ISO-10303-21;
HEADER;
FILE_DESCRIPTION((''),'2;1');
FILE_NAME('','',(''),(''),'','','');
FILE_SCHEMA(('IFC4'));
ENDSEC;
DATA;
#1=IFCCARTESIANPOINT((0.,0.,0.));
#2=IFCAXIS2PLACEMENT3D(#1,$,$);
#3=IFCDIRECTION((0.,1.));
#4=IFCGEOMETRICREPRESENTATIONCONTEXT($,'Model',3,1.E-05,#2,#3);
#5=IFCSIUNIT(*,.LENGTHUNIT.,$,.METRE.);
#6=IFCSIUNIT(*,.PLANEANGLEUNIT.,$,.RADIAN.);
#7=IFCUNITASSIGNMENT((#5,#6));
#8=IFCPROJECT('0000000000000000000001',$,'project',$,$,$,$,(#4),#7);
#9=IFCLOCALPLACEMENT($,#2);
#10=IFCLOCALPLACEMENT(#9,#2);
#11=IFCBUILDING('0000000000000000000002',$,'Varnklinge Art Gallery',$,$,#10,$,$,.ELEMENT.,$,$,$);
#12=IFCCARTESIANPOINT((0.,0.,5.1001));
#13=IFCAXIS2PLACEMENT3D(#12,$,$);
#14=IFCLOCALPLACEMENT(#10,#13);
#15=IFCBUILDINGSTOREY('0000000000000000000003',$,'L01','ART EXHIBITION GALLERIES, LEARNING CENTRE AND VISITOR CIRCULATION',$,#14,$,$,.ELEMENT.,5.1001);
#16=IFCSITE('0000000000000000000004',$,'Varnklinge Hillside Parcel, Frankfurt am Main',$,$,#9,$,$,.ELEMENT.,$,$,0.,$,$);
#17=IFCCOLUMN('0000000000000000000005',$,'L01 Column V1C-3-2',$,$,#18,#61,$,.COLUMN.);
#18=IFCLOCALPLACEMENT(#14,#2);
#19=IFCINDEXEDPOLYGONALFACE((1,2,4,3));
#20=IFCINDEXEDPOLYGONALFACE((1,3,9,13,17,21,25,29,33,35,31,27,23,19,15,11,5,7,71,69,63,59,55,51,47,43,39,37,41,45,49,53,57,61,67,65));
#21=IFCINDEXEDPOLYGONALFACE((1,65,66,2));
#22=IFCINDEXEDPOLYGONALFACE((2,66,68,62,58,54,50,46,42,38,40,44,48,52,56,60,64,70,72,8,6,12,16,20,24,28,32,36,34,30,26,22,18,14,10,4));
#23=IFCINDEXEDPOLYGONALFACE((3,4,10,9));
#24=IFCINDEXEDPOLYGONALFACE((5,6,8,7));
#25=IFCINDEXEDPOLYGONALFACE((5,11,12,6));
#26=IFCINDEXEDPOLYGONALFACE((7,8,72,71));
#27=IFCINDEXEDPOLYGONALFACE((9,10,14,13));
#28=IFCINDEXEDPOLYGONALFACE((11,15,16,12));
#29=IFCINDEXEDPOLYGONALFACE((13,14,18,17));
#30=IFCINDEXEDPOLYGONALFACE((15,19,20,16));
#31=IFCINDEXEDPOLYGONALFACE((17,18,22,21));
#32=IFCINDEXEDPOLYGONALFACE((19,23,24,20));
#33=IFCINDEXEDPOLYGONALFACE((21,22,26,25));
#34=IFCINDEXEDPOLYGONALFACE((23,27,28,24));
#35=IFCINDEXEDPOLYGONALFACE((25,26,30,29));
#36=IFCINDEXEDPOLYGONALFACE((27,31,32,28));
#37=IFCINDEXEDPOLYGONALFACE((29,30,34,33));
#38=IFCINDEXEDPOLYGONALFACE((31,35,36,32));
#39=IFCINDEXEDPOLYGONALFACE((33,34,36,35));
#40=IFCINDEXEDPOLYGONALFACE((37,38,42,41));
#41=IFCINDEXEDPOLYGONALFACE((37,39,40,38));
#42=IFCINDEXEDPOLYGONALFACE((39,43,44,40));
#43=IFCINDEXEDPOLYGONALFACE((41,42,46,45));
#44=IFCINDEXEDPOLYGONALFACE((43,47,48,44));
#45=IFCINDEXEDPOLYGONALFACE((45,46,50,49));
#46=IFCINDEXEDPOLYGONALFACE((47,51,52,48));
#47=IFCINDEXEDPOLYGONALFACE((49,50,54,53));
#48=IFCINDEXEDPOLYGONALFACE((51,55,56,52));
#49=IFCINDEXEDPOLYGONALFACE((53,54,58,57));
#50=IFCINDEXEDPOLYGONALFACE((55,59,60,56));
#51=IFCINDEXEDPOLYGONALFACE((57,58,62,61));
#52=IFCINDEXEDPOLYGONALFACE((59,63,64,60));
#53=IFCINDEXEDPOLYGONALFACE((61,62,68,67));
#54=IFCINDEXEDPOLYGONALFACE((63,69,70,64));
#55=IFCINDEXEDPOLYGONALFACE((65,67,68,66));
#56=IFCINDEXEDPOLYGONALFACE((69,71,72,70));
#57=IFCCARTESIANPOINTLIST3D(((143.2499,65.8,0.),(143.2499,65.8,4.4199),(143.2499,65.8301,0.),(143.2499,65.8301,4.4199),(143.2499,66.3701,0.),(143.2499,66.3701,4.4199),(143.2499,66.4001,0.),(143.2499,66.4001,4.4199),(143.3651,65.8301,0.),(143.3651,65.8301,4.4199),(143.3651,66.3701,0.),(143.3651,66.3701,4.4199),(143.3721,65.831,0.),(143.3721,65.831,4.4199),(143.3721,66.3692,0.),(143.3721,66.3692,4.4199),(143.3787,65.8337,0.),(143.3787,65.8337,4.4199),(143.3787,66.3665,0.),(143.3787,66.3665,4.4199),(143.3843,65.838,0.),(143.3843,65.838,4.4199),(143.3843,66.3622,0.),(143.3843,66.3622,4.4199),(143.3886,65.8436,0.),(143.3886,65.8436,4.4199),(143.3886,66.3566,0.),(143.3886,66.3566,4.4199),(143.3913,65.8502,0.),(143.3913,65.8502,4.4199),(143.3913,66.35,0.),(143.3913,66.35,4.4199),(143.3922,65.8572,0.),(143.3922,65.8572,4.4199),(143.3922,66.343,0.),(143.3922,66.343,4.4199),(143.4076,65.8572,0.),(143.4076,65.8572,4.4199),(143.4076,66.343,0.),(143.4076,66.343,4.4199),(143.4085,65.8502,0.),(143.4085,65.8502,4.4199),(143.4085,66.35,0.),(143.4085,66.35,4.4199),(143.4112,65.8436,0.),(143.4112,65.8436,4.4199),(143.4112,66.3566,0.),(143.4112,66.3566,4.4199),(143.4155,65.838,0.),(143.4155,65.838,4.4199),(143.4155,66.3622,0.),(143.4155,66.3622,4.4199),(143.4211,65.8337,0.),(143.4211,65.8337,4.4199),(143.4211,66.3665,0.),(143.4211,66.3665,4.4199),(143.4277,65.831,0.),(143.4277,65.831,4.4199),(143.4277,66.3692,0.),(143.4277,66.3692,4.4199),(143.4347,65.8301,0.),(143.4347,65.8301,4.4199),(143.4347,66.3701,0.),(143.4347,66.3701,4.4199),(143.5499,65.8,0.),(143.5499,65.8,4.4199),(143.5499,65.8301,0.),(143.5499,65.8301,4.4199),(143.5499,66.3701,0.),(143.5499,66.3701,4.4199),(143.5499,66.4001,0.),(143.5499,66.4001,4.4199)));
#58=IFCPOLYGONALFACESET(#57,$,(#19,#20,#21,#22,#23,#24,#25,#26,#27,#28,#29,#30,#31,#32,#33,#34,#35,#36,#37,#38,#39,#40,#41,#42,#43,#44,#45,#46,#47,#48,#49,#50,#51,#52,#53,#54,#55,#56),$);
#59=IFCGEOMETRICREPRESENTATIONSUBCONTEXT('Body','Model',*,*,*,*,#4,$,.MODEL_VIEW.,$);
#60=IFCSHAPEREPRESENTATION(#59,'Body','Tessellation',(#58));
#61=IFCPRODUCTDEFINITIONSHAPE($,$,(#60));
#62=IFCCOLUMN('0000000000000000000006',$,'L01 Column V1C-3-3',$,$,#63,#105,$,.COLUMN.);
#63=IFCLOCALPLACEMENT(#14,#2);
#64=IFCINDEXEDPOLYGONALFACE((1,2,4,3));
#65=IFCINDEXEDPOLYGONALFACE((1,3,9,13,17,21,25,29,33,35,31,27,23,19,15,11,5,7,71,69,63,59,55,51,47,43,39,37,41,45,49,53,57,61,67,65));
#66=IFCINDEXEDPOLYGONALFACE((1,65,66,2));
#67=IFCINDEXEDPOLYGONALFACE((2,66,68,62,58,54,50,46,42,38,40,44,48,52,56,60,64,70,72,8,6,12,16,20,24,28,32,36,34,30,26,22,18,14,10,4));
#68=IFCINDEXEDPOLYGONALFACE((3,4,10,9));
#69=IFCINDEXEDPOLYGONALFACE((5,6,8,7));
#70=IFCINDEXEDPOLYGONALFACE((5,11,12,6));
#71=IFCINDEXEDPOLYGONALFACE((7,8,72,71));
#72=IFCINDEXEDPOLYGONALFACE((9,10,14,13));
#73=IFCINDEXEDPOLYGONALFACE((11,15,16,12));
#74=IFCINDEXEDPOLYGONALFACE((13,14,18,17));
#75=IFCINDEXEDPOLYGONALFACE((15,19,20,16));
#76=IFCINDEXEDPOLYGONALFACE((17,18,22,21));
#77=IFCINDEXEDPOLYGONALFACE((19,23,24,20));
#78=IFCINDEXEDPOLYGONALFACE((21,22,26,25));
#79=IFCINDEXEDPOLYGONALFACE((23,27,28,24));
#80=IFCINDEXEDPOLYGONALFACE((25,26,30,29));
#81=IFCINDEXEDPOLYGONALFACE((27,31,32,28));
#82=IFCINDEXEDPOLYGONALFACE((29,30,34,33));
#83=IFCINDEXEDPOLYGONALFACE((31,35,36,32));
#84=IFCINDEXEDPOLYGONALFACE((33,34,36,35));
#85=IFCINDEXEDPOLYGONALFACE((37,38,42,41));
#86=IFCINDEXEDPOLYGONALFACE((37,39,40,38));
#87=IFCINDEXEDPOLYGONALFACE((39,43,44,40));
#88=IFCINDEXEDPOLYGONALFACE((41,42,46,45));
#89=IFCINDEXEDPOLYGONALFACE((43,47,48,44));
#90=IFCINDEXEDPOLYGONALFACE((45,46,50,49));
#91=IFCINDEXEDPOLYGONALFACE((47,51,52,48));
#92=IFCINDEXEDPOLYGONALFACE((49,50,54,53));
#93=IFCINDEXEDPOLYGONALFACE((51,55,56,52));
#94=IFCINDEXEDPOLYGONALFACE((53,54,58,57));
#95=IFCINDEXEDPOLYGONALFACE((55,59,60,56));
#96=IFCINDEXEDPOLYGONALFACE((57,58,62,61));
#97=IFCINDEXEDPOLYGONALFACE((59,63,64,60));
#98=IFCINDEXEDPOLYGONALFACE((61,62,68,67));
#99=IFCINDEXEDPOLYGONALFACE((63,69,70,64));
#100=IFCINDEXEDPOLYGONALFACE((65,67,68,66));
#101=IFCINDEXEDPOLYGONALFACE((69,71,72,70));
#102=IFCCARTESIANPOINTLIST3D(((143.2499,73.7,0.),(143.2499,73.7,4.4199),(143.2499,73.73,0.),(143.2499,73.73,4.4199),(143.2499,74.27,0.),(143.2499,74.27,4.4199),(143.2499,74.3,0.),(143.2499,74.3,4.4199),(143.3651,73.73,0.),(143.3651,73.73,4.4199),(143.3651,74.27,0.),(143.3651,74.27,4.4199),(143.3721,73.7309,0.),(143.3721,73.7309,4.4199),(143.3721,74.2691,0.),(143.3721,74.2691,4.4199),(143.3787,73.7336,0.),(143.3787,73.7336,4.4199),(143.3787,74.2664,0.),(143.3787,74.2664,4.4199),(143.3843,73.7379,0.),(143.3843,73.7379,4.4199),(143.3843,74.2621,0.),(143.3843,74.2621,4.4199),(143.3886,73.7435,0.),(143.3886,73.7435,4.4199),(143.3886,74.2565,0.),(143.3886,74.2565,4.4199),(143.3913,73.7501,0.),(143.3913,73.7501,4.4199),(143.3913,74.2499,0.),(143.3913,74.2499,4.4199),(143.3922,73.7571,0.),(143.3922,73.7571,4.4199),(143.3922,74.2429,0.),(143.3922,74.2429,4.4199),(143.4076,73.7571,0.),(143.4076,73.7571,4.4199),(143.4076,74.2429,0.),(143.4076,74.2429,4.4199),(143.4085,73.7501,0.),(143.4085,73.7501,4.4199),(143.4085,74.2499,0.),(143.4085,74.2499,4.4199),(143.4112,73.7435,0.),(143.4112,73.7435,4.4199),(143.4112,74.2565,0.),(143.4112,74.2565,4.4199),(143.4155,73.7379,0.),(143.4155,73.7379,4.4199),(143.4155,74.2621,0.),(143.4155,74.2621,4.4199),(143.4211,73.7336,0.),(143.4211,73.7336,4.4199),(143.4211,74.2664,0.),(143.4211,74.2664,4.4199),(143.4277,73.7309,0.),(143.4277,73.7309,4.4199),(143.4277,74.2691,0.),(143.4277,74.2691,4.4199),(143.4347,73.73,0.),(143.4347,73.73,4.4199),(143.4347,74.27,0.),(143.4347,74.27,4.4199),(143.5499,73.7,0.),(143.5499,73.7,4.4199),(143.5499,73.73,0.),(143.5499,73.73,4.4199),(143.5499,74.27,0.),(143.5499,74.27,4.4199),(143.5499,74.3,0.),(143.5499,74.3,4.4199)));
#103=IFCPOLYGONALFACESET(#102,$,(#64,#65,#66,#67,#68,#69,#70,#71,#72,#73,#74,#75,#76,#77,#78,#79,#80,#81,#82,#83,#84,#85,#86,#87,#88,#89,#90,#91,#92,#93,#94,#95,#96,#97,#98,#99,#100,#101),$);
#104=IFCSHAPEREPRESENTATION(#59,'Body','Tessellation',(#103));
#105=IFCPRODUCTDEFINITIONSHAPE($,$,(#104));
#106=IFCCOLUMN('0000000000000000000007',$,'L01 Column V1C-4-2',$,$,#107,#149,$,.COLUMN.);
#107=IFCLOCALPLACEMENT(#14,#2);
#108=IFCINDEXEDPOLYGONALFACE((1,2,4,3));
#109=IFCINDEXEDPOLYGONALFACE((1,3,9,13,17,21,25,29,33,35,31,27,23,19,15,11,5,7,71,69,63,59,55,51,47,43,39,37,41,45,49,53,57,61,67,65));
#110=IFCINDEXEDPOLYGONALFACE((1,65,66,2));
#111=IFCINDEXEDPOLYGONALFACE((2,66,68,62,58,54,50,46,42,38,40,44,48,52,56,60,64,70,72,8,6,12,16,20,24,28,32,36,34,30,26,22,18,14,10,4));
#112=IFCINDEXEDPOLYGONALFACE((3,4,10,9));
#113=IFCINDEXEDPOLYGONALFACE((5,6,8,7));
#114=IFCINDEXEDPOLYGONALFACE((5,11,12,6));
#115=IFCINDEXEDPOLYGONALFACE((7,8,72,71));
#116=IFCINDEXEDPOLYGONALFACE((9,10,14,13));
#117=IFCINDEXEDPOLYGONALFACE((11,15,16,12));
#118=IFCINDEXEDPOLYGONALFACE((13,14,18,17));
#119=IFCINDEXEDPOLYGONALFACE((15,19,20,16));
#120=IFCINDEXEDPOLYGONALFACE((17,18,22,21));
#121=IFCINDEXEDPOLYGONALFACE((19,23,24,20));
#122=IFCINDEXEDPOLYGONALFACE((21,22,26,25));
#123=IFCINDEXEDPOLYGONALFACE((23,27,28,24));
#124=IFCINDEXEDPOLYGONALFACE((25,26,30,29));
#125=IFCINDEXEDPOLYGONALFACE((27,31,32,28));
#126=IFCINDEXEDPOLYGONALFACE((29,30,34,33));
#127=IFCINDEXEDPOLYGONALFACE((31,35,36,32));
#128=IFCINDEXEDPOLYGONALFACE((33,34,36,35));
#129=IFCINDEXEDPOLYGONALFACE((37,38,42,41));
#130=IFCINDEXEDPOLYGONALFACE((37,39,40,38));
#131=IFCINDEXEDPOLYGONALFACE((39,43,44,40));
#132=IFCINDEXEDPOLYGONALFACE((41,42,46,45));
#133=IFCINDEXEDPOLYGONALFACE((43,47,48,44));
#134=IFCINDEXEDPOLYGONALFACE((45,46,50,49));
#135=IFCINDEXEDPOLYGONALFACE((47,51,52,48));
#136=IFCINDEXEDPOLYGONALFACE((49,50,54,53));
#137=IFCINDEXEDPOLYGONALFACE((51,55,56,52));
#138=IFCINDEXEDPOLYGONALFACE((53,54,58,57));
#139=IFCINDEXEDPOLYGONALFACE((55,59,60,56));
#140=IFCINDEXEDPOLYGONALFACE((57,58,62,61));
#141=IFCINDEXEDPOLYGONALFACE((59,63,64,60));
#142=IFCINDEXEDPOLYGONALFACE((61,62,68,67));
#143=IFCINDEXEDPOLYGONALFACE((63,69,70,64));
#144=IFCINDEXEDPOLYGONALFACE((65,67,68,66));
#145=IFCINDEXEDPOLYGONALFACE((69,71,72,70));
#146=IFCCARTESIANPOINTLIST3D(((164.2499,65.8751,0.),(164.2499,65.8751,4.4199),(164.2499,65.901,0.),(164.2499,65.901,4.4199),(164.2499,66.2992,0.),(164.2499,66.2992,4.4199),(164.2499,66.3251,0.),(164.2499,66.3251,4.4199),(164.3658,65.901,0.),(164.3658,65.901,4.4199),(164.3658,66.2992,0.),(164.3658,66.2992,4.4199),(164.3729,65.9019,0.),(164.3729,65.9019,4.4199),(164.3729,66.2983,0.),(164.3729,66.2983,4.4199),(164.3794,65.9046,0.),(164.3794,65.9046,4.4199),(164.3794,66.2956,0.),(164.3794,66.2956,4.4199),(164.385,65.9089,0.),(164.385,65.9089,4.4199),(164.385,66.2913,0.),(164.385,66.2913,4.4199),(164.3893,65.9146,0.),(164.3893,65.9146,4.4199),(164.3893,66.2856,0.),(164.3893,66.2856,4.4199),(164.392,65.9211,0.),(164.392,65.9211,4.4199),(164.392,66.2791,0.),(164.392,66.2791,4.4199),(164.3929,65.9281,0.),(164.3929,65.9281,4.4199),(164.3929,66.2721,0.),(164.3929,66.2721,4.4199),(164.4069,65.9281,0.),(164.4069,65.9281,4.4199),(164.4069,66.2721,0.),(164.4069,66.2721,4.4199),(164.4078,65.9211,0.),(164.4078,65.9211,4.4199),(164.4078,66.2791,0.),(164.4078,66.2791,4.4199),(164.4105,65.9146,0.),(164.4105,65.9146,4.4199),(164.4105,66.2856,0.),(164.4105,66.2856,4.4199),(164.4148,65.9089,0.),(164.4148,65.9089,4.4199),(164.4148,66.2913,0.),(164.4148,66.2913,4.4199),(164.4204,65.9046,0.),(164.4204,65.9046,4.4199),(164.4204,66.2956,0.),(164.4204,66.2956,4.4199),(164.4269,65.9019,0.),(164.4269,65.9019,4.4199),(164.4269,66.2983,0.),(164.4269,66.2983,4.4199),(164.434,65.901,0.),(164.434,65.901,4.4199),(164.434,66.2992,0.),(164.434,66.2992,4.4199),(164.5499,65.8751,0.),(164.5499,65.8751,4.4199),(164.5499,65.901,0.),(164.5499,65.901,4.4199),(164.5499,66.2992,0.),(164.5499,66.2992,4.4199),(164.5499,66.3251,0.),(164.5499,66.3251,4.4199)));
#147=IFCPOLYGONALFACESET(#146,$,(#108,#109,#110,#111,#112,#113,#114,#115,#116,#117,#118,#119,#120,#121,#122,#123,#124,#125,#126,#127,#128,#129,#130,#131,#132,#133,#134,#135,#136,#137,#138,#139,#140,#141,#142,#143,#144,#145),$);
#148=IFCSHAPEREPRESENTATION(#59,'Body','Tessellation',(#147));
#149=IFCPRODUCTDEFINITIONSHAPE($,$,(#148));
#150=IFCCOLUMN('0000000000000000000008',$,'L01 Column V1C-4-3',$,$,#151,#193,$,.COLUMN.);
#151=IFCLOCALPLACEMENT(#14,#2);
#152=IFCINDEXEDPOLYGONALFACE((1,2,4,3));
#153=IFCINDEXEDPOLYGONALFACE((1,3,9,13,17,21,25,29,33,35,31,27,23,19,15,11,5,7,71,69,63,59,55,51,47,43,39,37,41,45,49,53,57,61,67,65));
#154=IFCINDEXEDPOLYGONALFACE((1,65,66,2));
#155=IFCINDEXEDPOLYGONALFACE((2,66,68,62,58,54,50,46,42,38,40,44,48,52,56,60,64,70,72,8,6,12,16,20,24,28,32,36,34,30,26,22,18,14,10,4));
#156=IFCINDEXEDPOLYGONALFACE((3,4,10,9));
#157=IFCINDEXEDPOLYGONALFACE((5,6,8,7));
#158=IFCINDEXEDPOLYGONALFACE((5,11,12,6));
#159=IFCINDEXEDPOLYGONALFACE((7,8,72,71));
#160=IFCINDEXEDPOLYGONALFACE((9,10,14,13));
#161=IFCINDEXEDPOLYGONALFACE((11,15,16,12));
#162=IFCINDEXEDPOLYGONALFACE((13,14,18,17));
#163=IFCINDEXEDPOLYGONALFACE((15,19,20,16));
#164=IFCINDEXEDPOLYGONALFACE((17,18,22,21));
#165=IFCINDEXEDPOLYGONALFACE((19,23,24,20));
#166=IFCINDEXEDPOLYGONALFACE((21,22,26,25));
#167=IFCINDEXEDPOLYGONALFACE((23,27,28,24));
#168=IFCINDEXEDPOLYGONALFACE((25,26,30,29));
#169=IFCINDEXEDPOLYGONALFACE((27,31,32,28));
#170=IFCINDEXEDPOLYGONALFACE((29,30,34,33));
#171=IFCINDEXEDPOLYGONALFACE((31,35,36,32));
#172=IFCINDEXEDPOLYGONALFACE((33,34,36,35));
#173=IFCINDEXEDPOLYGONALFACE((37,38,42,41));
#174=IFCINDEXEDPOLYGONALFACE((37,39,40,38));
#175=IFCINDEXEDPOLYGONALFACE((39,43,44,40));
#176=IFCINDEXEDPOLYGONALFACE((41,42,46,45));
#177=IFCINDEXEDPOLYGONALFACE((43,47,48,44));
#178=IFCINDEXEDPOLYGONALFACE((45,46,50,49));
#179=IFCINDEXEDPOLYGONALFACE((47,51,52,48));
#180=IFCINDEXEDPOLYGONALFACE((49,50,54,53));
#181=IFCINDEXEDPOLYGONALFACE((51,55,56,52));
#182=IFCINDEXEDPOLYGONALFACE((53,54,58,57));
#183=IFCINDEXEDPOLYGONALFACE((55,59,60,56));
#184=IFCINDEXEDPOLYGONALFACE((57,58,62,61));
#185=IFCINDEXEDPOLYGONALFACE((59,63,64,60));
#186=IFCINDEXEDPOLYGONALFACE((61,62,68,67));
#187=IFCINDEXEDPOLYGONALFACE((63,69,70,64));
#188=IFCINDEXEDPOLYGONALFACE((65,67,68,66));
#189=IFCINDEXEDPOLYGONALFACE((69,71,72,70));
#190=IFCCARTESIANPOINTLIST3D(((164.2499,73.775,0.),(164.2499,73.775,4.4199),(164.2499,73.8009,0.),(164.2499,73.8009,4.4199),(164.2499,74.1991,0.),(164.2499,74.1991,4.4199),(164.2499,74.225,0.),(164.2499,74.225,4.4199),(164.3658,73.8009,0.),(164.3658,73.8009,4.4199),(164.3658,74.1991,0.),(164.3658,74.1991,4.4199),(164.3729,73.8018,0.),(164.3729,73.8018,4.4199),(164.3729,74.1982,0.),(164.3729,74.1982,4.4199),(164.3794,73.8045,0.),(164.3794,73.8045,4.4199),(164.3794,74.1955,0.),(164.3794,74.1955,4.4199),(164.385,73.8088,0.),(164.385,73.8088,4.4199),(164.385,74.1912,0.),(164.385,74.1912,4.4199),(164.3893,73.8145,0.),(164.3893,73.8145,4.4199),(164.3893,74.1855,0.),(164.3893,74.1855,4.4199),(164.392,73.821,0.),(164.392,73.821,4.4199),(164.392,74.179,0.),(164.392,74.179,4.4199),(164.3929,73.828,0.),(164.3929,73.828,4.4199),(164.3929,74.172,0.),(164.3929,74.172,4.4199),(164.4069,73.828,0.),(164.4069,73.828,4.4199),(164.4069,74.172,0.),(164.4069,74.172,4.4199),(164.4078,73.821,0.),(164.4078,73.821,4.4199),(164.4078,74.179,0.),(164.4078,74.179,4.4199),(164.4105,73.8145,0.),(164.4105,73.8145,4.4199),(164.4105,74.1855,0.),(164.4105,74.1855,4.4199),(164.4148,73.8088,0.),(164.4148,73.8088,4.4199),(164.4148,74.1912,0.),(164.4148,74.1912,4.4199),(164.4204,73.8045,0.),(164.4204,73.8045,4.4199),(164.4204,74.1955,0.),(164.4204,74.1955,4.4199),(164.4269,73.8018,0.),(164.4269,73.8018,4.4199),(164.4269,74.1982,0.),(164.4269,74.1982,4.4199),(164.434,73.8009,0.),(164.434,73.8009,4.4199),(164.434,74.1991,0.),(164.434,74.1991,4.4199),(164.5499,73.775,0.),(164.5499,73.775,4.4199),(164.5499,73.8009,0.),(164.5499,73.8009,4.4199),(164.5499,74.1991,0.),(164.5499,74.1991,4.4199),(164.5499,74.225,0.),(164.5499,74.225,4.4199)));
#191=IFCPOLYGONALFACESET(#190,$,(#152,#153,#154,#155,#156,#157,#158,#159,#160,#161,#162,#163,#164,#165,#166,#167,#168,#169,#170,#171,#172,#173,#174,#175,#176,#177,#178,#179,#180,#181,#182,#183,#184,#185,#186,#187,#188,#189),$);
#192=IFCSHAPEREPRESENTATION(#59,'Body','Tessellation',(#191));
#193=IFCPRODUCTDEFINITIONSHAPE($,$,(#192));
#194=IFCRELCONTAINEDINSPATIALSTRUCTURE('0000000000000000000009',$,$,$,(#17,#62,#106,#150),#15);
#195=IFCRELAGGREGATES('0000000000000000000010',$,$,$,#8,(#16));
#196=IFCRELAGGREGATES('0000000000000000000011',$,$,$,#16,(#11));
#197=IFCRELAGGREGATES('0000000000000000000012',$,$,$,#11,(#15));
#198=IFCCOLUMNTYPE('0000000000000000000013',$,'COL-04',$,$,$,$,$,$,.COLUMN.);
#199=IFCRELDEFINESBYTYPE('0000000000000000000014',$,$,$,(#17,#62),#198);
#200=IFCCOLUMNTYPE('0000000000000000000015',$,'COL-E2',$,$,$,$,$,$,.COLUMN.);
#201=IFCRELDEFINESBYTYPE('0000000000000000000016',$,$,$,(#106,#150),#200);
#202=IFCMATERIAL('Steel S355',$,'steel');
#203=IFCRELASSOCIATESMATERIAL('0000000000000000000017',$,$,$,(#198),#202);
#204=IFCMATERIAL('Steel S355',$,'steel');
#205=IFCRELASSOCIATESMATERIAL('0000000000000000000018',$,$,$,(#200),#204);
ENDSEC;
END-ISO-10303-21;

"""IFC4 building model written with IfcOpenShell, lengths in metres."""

from ifc_helpers import new_model, si_unit, direction, frame, origin, origin_2d, place, context, subcontext, project, spatial, i_section, extrude, material, material_profile, profile_set, type_object, element, save


model = new_model("IFC4")

# Units and contexts
model_context = context("Model", 3, precision=1e-05, world=origin(), true_north=direction((0.0, 1.0)))
body_context = subcontext(model_context, "Body", "Model", "MODEL_VIEW")
ifc_project = project(units=[si_unit("LENGTHUNIT", "METRE"), si_unit("PLANEANGLEUNIT", "RADIAN")], contexts=[model_context])

# Site, building, storey
site_placement = place(None, origin())
site = spatial("IfcSite", under=ifc_project, at=site_placement, Name="Varnklinge Hillside Parcel, Frankfurt am Main", CompositionType="ELEMENT", RefElevation=0.0)
building_placement = place(site_placement, origin())
building = spatial("IfcBuilding", under=site, at=building_placement, Name="Varnklinge Art Gallery", CompositionType="ELEMENT")
storey_placement = place(building_placement, frame((0.0, 0.0, 5.1001)))
storey = spatial("IfcBuildingStorey", under=building, at=storey_placement, Name="L01", Description="ART EXHIBITION GALLERIES, LEARNING CENTRE AND VISITOR CIRCULATION", CompositionType="ELEMENT", Elevation=5.1001)

# Columns
ifc_material_1 = material(Name="Steel S355", Category="steel")
ifc_material_profile_1 = material_profile(ifc_material_1, i_section(OverallWidth=0.3, OverallDepth=0.6001, WebThickness=0.0154, FlangeThickness=0.03, FilletRadius=0.0271, at=origin_2d()), Name="HEB 600")
ifc_profile_set_1 = profile_set([ifc_material_profile_1], Name="Steel S355")
column_type_1 = type_object("IfcColumnType", Name="COL-04", PredefinedType="COLUMN", material=ifc_profile_set_1)
for number, where, z_axis, x_axis, name in (
    (1, (143.3999, 66.1001, 0.0), (0.0, 0.0, 1.0), (1.0, 0.0, 0.0), "L01 Column V1C-3-2"),
    (2, (143.3999, 74.0, 0.0), (0.0, 0.0, 1.0), (1.0, 0.0, 0.0), "L01 Column V1C-3-3"),
):
    element("IfcColumn", number, at=place(storey_placement, frame(where, z_axis=z_axis, x_axis=x_axis)), inside=storey, type_object=column_type_1, Name=name, PredefinedType="COLUMN", context=body_context, shape_type="SweptSolid", body=[
        extrude(i_section(OverallWidth=0.3, OverallDepth=0.6001, WebThickness=0.0154, FlangeThickness=0.03, FilletRadius=0.0271, at=origin_2d()), origin(), (0.0, 0.0, 1.0), 4.4199),
    ])
ifc_material_2 = material(Name="Steel S355", Category="steel")
ifc_material_profile_2 = material_profile(ifc_material_2, i_section(OverallWidth=0.3, OverallDepth=0.45, WebThickness=0.0139, FlangeThickness=0.0259, FilletRadius=0.0271, at=origin_2d()), Name="HEB 450")
ifc_profile_set_2 = profile_set([ifc_material_profile_2], Name="Steel S355")
column_type_2 = type_object("IfcColumnType", Name="COL-E2", PredefinedType="COLUMN", material=ifc_profile_set_2)
for number, where, z_axis, x_axis, name in (
    (3, (164.3999, 66.1001, 0.0), (0.0, 0.0, 1.0), (1.0, 0.0, 0.0), "L01 Column V1C-4-2"),
    (4, (164.3999, 74.0, 0.0), (0.0, 0.0, 1.0), (1.0, 0.0, 0.0), "L01 Column V1C-4-3"),
):
    element("IfcColumn", number, at=place(storey_placement, frame(where, z_axis=z_axis, x_axis=x_axis)), inside=storey, type_object=column_type_2, Name=name, PredefinedType="COLUMN", context=body_context, shape_type="SweptSolid", body=[
        extrude(i_section(OverallWidth=0.3, OverallDepth=0.45, WebThickness=0.0139, FlangeThickness=0.0259, FilletRadius=0.0271, at=origin_2d()), origin(), (0.0, 0.0, 1.0), 4.4199),
    ])

save(model, "model.ifc")
